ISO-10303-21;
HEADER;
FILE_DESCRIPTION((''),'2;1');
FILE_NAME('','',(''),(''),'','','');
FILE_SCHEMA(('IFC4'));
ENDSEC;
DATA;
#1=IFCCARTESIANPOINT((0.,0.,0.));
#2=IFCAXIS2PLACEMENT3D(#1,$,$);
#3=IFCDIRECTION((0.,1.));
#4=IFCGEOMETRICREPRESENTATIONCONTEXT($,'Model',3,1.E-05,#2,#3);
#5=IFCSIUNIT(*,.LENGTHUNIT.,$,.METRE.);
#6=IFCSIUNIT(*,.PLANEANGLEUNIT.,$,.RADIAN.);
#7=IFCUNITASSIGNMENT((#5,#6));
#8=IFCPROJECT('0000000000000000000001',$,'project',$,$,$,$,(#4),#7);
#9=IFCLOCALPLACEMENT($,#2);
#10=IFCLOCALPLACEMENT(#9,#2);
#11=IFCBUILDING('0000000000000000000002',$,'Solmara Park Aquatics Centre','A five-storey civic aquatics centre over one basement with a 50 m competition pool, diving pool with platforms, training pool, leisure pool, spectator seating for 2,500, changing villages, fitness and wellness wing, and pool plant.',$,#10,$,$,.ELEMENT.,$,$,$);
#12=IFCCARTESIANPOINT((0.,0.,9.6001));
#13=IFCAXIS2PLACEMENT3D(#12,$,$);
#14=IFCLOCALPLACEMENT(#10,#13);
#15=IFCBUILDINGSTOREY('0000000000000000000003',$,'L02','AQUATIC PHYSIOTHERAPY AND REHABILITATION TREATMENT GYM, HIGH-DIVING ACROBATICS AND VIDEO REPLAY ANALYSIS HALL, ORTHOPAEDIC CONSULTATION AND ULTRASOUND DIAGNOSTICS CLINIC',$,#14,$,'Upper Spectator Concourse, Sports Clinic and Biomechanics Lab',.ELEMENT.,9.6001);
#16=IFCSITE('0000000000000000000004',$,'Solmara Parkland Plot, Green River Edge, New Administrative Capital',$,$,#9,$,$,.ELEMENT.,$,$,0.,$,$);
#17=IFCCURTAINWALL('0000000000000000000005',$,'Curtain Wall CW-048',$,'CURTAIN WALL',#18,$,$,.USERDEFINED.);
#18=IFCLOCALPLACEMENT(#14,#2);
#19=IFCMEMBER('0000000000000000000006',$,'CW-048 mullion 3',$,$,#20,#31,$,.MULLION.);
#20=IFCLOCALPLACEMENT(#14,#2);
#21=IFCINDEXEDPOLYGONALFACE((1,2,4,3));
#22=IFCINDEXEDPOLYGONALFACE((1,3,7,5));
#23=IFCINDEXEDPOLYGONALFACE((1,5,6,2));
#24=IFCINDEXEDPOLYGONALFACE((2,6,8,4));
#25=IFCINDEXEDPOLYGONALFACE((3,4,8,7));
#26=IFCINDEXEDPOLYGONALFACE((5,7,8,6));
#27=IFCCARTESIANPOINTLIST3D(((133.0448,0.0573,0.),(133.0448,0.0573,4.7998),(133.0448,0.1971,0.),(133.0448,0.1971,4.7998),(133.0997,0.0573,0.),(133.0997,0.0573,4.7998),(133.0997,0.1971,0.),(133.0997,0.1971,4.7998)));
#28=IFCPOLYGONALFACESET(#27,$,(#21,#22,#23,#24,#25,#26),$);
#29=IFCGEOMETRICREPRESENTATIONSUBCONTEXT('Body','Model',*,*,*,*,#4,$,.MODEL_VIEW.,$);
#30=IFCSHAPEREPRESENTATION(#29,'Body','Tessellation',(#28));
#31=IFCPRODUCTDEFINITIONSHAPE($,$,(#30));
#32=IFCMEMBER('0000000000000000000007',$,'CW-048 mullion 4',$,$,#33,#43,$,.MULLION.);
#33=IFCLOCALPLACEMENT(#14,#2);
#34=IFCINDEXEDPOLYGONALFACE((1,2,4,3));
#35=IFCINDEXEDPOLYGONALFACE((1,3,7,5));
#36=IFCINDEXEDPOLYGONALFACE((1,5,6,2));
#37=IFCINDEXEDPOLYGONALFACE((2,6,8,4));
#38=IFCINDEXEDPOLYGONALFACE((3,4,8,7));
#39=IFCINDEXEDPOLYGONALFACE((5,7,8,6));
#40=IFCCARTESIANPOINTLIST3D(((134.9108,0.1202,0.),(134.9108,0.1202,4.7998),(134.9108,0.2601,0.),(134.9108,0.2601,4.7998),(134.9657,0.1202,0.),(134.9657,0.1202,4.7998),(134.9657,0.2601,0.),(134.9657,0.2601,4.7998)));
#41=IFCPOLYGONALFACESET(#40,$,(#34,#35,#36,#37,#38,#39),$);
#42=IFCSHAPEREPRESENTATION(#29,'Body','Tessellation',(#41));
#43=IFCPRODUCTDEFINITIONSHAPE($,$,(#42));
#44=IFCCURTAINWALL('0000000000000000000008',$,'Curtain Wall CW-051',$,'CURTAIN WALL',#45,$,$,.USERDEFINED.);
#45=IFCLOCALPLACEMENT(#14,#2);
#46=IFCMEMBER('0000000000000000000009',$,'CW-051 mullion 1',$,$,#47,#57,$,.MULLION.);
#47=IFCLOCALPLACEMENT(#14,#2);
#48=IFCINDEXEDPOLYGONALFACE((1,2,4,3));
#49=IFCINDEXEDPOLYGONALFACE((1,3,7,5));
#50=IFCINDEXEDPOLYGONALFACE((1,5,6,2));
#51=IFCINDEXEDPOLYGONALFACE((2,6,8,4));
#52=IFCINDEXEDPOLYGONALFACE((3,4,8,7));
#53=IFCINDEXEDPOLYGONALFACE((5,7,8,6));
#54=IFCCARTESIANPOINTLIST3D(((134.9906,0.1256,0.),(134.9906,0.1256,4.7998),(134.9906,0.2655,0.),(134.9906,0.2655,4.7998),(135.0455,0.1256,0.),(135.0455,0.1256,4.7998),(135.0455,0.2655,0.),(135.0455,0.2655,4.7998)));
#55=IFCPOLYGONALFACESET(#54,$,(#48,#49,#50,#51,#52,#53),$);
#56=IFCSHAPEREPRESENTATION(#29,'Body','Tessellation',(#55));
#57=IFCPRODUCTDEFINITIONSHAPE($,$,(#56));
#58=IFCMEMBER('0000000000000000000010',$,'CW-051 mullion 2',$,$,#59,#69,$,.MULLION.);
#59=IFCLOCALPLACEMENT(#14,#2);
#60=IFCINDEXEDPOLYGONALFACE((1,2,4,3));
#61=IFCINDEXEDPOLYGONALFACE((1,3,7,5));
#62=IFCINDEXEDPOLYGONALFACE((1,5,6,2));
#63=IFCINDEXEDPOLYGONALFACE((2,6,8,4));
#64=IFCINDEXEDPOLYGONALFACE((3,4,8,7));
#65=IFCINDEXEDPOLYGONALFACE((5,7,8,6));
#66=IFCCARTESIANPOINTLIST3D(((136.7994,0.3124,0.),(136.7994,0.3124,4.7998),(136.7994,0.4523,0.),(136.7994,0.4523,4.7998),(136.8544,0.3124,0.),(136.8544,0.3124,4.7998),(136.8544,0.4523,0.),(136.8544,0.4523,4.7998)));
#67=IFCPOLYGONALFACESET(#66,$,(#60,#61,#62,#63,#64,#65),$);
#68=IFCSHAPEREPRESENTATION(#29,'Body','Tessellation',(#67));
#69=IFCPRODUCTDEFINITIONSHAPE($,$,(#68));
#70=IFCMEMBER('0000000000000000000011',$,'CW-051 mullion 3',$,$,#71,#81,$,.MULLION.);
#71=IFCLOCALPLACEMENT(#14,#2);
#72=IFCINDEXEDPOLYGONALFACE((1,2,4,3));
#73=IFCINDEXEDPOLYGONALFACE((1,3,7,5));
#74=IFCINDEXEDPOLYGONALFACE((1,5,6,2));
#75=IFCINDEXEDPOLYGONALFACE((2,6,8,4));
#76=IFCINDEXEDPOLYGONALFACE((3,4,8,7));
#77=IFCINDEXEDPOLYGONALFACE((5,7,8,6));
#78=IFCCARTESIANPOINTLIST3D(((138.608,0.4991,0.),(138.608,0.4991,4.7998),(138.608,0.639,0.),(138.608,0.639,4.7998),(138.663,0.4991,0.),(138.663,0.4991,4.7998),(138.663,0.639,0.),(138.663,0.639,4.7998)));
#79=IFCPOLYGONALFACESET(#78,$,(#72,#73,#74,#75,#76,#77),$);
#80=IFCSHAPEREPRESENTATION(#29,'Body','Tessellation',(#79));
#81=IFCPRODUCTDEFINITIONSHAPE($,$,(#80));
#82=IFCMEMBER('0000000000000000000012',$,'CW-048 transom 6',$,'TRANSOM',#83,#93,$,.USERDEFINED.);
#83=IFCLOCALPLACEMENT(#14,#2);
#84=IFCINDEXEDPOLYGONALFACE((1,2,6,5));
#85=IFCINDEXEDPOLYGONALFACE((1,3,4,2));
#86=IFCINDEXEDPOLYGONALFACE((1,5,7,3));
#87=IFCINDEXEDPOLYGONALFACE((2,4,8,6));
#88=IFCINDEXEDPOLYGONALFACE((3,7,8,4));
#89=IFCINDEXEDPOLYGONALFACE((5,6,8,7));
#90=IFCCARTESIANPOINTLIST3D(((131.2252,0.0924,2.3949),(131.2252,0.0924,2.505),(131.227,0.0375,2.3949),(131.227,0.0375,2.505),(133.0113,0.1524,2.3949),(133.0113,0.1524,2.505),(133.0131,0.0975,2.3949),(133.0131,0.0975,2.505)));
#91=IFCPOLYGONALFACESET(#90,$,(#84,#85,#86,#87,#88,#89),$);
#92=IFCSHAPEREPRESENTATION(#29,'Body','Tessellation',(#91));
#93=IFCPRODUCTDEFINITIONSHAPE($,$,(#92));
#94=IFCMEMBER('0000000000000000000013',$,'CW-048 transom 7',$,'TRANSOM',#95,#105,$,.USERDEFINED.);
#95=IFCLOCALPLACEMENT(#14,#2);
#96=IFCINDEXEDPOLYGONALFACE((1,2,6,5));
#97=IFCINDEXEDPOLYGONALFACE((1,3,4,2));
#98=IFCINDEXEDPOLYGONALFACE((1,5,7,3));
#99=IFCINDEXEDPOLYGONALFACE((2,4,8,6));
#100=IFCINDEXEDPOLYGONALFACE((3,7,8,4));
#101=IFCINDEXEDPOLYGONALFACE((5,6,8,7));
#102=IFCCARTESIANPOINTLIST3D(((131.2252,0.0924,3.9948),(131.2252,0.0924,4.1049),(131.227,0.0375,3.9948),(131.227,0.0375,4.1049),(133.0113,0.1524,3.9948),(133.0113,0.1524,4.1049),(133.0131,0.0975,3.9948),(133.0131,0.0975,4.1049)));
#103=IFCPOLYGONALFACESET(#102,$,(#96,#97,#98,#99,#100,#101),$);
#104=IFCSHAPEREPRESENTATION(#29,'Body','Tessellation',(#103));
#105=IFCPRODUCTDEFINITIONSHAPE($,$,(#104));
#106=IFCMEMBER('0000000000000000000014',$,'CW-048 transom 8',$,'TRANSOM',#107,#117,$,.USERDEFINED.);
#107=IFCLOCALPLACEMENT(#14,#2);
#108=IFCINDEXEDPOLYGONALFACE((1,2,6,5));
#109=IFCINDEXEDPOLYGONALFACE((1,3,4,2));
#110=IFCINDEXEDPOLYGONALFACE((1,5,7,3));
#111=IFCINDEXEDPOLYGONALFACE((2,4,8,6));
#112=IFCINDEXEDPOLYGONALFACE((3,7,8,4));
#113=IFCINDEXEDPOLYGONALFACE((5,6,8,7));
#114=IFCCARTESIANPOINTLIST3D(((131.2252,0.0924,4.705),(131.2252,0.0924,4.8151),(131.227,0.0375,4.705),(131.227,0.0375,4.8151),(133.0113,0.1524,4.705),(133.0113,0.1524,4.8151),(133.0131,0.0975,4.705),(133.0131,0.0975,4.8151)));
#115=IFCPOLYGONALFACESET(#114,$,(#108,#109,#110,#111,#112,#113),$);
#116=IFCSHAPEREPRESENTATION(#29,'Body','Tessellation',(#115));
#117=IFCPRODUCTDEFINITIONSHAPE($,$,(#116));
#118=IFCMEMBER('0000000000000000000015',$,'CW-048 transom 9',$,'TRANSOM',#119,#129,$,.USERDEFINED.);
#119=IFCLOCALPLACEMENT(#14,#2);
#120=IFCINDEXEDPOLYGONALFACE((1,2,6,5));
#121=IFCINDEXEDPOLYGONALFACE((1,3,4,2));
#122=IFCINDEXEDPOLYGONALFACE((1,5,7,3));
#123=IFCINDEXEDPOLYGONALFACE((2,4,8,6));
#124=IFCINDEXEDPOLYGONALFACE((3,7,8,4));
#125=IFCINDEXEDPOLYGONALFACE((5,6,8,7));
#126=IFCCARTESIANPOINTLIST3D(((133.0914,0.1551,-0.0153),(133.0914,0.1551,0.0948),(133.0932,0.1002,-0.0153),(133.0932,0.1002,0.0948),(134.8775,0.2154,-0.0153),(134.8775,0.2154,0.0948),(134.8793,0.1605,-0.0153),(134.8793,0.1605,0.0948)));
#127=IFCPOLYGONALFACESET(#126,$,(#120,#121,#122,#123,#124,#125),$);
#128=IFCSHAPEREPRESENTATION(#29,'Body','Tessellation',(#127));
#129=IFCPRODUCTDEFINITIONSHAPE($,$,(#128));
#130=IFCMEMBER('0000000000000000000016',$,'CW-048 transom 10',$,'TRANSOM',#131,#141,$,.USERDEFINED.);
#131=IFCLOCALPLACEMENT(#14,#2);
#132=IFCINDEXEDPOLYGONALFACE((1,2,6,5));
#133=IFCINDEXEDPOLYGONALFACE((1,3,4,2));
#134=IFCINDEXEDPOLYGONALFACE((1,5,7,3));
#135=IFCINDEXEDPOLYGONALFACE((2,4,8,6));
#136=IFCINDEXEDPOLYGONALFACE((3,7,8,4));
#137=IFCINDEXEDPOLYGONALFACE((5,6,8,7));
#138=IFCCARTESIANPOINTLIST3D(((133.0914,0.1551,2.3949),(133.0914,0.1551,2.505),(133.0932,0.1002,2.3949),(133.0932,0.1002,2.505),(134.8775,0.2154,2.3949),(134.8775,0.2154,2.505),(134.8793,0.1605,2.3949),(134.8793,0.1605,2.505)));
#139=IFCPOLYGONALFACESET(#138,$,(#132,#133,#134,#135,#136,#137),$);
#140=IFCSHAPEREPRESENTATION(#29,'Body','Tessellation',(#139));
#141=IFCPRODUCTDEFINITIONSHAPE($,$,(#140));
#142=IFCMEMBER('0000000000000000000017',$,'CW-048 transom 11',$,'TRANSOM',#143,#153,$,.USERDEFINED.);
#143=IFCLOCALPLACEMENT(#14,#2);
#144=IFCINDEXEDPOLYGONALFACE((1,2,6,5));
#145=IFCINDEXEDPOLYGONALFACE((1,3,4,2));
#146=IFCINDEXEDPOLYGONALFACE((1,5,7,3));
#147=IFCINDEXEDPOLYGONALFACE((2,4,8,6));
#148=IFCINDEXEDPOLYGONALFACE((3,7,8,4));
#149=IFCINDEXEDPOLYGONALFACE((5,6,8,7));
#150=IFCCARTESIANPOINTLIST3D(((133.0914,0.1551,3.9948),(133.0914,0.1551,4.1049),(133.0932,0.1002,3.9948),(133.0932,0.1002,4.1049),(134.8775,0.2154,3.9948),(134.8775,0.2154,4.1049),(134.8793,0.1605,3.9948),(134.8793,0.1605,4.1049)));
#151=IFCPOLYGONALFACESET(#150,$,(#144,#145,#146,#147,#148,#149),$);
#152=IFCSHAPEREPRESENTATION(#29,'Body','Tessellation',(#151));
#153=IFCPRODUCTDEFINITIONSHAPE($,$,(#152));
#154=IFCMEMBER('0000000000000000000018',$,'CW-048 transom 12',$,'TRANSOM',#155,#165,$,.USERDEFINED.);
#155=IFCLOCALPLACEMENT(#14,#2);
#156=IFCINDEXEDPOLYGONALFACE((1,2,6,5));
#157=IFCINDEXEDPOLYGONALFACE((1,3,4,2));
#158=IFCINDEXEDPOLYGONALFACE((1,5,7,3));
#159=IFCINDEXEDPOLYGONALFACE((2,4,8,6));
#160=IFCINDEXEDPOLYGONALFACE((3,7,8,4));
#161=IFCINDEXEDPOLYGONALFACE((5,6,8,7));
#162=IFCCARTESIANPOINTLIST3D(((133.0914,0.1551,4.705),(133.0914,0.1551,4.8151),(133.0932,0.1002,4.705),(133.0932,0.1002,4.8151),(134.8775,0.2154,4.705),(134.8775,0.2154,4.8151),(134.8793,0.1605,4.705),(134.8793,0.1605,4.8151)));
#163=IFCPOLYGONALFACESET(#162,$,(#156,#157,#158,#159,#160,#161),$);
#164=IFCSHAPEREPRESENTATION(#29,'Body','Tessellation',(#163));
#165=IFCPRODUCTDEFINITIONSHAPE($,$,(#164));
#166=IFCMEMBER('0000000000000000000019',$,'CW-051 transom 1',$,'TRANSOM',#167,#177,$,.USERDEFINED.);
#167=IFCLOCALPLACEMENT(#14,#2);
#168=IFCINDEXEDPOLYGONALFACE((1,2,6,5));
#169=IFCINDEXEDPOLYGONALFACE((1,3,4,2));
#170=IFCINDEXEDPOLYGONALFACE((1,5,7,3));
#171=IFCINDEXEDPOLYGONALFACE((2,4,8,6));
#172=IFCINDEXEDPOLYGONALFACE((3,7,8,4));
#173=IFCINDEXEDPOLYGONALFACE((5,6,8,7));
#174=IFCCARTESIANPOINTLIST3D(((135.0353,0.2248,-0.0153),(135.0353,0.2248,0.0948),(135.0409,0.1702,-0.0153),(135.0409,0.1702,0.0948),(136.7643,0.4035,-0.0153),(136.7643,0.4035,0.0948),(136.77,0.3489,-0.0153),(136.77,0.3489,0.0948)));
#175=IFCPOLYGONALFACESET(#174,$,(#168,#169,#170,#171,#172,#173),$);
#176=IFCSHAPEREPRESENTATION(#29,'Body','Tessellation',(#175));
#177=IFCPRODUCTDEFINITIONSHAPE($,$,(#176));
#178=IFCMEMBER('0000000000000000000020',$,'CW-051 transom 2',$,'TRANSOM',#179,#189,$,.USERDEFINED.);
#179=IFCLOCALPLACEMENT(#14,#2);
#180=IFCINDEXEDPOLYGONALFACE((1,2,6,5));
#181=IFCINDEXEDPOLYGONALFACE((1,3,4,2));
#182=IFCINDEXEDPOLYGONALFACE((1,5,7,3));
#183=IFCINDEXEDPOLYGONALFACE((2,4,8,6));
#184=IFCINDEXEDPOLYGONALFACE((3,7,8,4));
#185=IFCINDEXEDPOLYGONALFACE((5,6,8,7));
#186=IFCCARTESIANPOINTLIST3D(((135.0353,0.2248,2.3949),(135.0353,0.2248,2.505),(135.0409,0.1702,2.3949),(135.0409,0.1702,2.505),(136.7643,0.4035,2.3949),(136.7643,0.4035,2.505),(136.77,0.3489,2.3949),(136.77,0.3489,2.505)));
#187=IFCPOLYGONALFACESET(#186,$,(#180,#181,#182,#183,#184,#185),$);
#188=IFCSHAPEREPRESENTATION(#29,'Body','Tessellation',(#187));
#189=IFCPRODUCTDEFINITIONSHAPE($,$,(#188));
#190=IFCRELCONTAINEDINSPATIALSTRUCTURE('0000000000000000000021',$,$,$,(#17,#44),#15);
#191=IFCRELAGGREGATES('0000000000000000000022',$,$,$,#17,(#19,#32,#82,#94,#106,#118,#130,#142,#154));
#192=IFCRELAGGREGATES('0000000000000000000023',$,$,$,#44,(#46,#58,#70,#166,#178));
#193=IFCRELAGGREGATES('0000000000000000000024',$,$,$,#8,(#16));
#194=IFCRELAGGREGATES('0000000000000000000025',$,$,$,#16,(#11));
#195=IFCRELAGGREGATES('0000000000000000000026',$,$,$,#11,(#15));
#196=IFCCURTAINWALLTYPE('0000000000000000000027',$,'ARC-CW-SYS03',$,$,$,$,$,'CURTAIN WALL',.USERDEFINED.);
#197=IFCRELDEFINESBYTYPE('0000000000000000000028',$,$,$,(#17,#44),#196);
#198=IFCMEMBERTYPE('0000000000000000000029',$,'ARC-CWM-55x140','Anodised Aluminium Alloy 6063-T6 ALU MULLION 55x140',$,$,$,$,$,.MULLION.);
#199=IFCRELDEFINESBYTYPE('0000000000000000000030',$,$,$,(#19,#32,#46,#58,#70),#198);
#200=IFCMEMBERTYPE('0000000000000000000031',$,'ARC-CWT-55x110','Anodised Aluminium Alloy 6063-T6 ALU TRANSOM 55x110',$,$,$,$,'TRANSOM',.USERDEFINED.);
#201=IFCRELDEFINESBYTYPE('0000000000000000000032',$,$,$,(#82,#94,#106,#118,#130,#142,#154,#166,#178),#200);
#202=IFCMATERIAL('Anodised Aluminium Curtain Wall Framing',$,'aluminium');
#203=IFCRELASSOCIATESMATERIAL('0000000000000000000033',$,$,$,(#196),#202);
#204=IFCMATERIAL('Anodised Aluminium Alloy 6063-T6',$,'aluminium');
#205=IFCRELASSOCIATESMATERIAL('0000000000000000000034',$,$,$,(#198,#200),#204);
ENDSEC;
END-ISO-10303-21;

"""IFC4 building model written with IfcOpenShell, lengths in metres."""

from ifc_helpers import new_model, si_unit, direction, frame, origin, origin_2d, place, context, subcontext, project, spatial, rectangle, extrude, material, material_profile, profile_set, type_object, element, aggregate, save


model = new_model("IFC4")

# Units and contexts
model_context = context("Model", 3, precision=1e-05, world=origin(), true_north=direction((0.0, 1.0)))
body_context = subcontext(model_context, "Body", "Model", "MODEL_VIEW")
ifc_project = project(units=[si_unit("LENGTHUNIT", "METRE"), si_unit("PLANEANGLEUNIT", "RADIAN")], contexts=[model_context])

# Site, building, storey
site_placement = place(None, origin())
site = spatial("IfcSite", under=ifc_project, at=site_placement, Name="Solmara Parkland Plot, Green River Edge, New Administrative Capital", CompositionType="ELEMENT", RefElevation=0.0)
building_placement = place(site_placement, origin())
building = spatial("IfcBuilding", under=site, at=building_placement, Name="Solmara Park Aquatics Centre", Description="A five-storey civic aquatics centre over one basement with a 50 m competition pool, diving pool with platforms, training pool, leisure pool, spectator seating for 2,500, changing villages, fitness and wellness wing, and pool plant.", CompositionType="ELEMENT")
storey_placement = place(building_placement, frame((0.0, 0.0, 9.6001)))
storey = spatial("IfcBuildingStorey", under=building, at=storey_placement, Name="L02", Description="AQUATIC PHYSIOTHERAPY AND REHABILITATION TREATMENT GYM, HIGH-DIVING ACROBATICS AND VIDEO REPLAY ANALYSIS HALL, ORTHOPAEDIC CONSULTATION AND ULTRASOUND DIAGNOSTICS CLINIC", LongName="Upper Spectator Concourse, Sports Clinic and Biomechanics Lab", CompositionType="ELEMENT", Elevation=9.6001)

# Curtain walls, members
ifc_material_1 = material(Name="Anodised Aluminium Curtain Wall Framing", Category="aluminium")
curtain_wall_type = type_object("IfcCurtainWallType", Name="ARC-CW-SYS03", ElementType="CURTAIN WALL", PredefinedType="USERDEFINED", material=ifc_material_1)
curtain_wall_1_placement = place(storey_placement, origin())
curtain_wall_1 = element("IfcCurtainWall", 1, at=curtain_wall_1_placement, inside=storey, type_object=curtain_wall_type, Name="Curtain Wall CW-048", ObjectType="CURTAIN WALL", PredefinedType="USERDEFINED")
ifc_material_2 = material(Name="Anodised Aluminium Alloy 6063-T6", Category="aluminium")
ifc_material_profile_1 = material_profile(ifc_material_2, rectangle(XDim=0.0549, YDim=0.1399, at=origin_2d()), Name="ALU MULLION 55x140")
ifc_profile_set_1 = profile_set([ifc_material_profile_1], Name="Anodised Aluminium Alloy 6063-T6")
member_type_1 = type_object("IfcMemberType", Name="ARC-CWM-55x140", Description="Anodised Aluminium Alloy 6063-T6 ALU MULLION 55x140", PredefinedType="MULLION", material=ifc_profile_set_1)
member_1_placement = place(storey_placement, frame((133.0723, 0.1272, 0.0), z_axis=(0.0, 0.0, 1.0), x_axis=(1.0, 0.0, 0.0)))
member_1 = element("IfcMember", 2, at=member_1_placement, type_object=member_type_1, Name="CW-048 mullion 3", PredefinedType="MULLION", context=body_context, shape_type="SweptSolid", body=[
    extrude(rectangle(XDim=0.0549, YDim=0.1399, at=origin_2d()), origin(), (0.0, 0.0, 1.0), 4.7998),
])
member_2_placement = place(storey_placement, frame((134.9382, 0.1902, 0.0), z_axis=(0.0, 0.0, 1.0), x_axis=(1.0, 0.0, 0.0)))
member_2 = element("IfcMember", 3, at=member_2_placement, type_object=member_type_1, Name="CW-048 mullion 4", PredefinedType="MULLION", context=body_context, shape_type="SweptSolid", body=[
    extrude(rectangle(XDim=0.0549, YDim=0.1399, at=origin_2d()), origin(), (0.0, 0.0, 1.0), 4.7998),
])
curtain_wall_2_placement = place(storey_placement, origin())
curtain_wall_2 = element("IfcCurtainWall", 4, at=curtain_wall_2_placement, inside=storey, type_object=curtain_wall_type, Name="Curtain Wall CW-051", ObjectType="CURTAIN WALL", PredefinedType="USERDEFINED")
member_3_placement = place(storey_placement, frame((135.0181, 0.1956, 0.0), z_axis=(0.0, 0.0, 1.0), x_axis=(1.0, 0.0, 0.0)))
member_3 = element("IfcMember", 5, at=member_3_placement, type_object=member_type_1, Name="CW-051 mullion 1", PredefinedType="MULLION", context=body_context, shape_type="SweptSolid", body=[
    extrude(rectangle(XDim=0.0549, YDim=0.1399, at=origin_2d()), origin(), (0.0, 0.0, 1.0), 4.7998),
])
member_4_placement = place(storey_placement, frame((136.8269, 0.3823, 0.0), z_axis=(0.0, 0.0, 1.0), x_axis=(1.0, 0.0, 0.0)))
member_4 = element("IfcMember", 6, at=member_4_placement, type_object=member_type_1, Name="CW-051 mullion 2", PredefinedType="MULLION", context=body_context, shape_type="SweptSolid", body=[
    extrude(rectangle(XDim=0.0549, YDim=0.1399, at=origin_2d()), origin(), (0.0, 0.0, 1.0), 4.7998),
])
member_5_placement = place(storey_placement, frame((138.6355, 0.5691, 0.0), z_axis=(0.0, 0.0, 1.0), x_axis=(1.0, 0.0, 0.0)))
member_5 = element("IfcMember", 7, at=member_5_placement, type_object=member_type_1, Name="CW-051 mullion 3", PredefinedType="MULLION", context=body_context, shape_type="SweptSolid", body=[
    extrude(rectangle(XDim=0.0549, YDim=0.1399, at=origin_2d()), origin(), (0.0, 0.0, 1.0), 4.7998),
])

# Members
ifc_material_profile_2 = material_profile(ifc_material_2, rectangle(XDim=0.0549, YDim=0.1101, at=origin_2d()), Name="ALU TRANSOM 55x110")
ifc_profile_set_2 = profile_set([ifc_material_profile_2], Name="Anodised Aluminium Alloy 6063-T6")
member_type_2 = type_object("IfcMemberType", Name="ARC-CWT-55x110", Description="Anodised Aluminium Alloy 6063-T6 ALU TRANSOM 55x110", ElementType="TRANSOM", PredefinedType="USERDEFINED", material=ifc_profile_set_2)
member_6_placement = place(storey_placement, frame((131.2261, 0.0649, 2.45), z_axis=(0.999435, 0.033606, 0.0), x_axis=(-0.033606, 0.999435, 0.0)))
member_6 = element("IfcMember", 8, at=member_6_placement, type_object=member_type_2, Name="CW-048 transom 6", ObjectType="TRANSOM", PredefinedType="USERDEFINED", context=body_context, shape_type="SweptSolid", body=[
    extrude(rectangle(XDim=0.0549, YDim=0.1101, at=origin_2d()), origin(), (0.0, 0.0, 1.0), 1.7871),
])
member_7_placement = place(storey_placement, frame((131.2261, 0.0649, 4.0498), z_axis=(0.999435, 0.033606, 0.0), x_axis=(-0.033606, 0.999435, 0.0)))
member_7 = element("IfcMember", 9, at=member_7_placement, type_object=member_type_2, Name="CW-048 transom 7", ObjectType="TRANSOM", PredefinedType="USERDEFINED", context=body_context, shape_type="SweptSolid", body=[
    extrude(rectangle(XDim=0.0549, YDim=0.1101, at=origin_2d()), origin(), (0.0, 0.0, 1.0), 1.7871),
])
member_8_placement = place(storey_placement, frame((131.2261, 0.0649, 4.76), z_axis=(0.999435, 0.033606, 0.0), x_axis=(-0.033606, 0.999435, 0.0)))
member_8 = element("IfcMember", 10, at=member_8_placement, type_object=member_type_2, Name="CW-048 transom 8", ObjectType="TRANSOM", PredefinedType="USERDEFINED", context=body_context, shape_type="SweptSolid", body=[
    extrude(rectangle(XDim=0.0549, YDim=0.1101, at=origin_2d()), origin(), (0.0, 0.0, 1.0), 1.7871),
])
member_9_placement = place(storey_placement, frame((133.0923, 0.1277, 0.0398), z_axis=(0.999431, 0.033742, 0.0), x_axis=(-0.033742, 0.999431, 0.0)))
member_9 = element("IfcMember", 11, at=member_9_placement, type_object=member_type_2, Name="CW-048 transom 9", ObjectType="TRANSOM", PredefinedType="USERDEFINED", context=body_context, shape_type="SweptSolid", body=[
    extrude(rectangle(XDim=0.0549, YDim=0.1101, at=origin_2d()), origin(), (0.0, 0.0, 1.0), 1.7871),
])
member_10_placement = place(storey_placement, frame((133.0923, 0.1277, 2.45), z_axis=(0.999431, 0.033742, 0.0), x_axis=(-0.033742, 0.999431, 0.0)))
member_10 = element("IfcMember", 12, at=member_10_placement, type_object=member_type_2, Name="CW-048 transom 10", ObjectType="TRANSOM", PredefinedType="USERDEFINED", context=body_context, shape_type="SweptSolid", body=[
    extrude(rectangle(XDim=0.0549, YDim=0.1101, at=origin_2d()), origin(), (0.0, 0.0, 1.0), 1.7871),
])
member_11_placement = place(storey_placement, frame((133.0923, 0.1277, 4.0498), z_axis=(0.999431, 0.033742, 0.0), x_axis=(-0.033742, 0.999431, 0.0)))
member_11 = element("IfcMember", 13, at=member_11_placement, type_object=member_type_2, Name="CW-048 transom 11", ObjectType="TRANSOM", PredefinedType="USERDEFINED", context=body_context, shape_type="SweptSolid", body=[
    extrude(rectangle(XDim=0.0549, YDim=0.1101, at=origin_2d()), origin(), (0.0, 0.0, 1.0), 1.7871),
])
member_12_placement = place(storey_placement, frame((133.0923, 0.1277, 4.76), z_axis=(0.999431, 0.033742, 0.0), x_axis=(-0.033742, 0.999431, 0.0)))
member_12 = element("IfcMember", 14, at=member_12_placement, type_object=member_type_2, Name="CW-048 transom 12", ObjectType="TRANSOM", PredefinedType="USERDEFINED", context=body_context, shape_type="SweptSolid", body=[
    extrude(rectangle(XDim=0.0549, YDim=0.1101, at=origin_2d()), origin(), (0.0, 0.0, 1.0), 1.7871),
])
member_13_placement = place(storey_placement, frame((135.0381, 0.1975, 0.0398), z_axis=(0.994701, 0.102813, 0.0), x_axis=(-0.102813, 0.994701, 0.0)))
member_13 = element("IfcMember", 15, at=member_13_placement, type_object=member_type_2, Name="CW-051 transom 1", ObjectType="TRANSOM", PredefinedType="USERDEFINED", context=body_context, shape_type="SweptSolid", body=[
    extrude(rectangle(XDim=0.0549, YDim=0.1101, at=origin_2d()), origin(), (0.0, 0.0, 1.0), 1.7383),
])
member_14_placement = place(storey_placement, frame((135.0381, 0.1975, 2.45), z_axis=(0.994701, 0.102813, 0.0), x_axis=(-0.102813, 0.994701, 0.0)))
member_14 = element("IfcMember", 16, at=member_14_placement, type_object=member_type_2, Name="CW-051 transom 2", ObjectType="TRANSOM", PredefinedType="USERDEFINED", context=body_context, shape_type="SweptSolid", body=[
    extrude(rectangle(XDim=0.0549, YDim=0.1101, at=origin_2d()), origin(), (0.0, 0.0, 1.0), 1.7383),
])

aggregate(curtain_wall_1, [member_1, member_2, member_6, member_7, member_8, member_9, member_10, member_11, member_12])
aggregate(curtain_wall_2, [member_3, member_4, member_5, member_13, member_14])

save(model, "model.ifc")
